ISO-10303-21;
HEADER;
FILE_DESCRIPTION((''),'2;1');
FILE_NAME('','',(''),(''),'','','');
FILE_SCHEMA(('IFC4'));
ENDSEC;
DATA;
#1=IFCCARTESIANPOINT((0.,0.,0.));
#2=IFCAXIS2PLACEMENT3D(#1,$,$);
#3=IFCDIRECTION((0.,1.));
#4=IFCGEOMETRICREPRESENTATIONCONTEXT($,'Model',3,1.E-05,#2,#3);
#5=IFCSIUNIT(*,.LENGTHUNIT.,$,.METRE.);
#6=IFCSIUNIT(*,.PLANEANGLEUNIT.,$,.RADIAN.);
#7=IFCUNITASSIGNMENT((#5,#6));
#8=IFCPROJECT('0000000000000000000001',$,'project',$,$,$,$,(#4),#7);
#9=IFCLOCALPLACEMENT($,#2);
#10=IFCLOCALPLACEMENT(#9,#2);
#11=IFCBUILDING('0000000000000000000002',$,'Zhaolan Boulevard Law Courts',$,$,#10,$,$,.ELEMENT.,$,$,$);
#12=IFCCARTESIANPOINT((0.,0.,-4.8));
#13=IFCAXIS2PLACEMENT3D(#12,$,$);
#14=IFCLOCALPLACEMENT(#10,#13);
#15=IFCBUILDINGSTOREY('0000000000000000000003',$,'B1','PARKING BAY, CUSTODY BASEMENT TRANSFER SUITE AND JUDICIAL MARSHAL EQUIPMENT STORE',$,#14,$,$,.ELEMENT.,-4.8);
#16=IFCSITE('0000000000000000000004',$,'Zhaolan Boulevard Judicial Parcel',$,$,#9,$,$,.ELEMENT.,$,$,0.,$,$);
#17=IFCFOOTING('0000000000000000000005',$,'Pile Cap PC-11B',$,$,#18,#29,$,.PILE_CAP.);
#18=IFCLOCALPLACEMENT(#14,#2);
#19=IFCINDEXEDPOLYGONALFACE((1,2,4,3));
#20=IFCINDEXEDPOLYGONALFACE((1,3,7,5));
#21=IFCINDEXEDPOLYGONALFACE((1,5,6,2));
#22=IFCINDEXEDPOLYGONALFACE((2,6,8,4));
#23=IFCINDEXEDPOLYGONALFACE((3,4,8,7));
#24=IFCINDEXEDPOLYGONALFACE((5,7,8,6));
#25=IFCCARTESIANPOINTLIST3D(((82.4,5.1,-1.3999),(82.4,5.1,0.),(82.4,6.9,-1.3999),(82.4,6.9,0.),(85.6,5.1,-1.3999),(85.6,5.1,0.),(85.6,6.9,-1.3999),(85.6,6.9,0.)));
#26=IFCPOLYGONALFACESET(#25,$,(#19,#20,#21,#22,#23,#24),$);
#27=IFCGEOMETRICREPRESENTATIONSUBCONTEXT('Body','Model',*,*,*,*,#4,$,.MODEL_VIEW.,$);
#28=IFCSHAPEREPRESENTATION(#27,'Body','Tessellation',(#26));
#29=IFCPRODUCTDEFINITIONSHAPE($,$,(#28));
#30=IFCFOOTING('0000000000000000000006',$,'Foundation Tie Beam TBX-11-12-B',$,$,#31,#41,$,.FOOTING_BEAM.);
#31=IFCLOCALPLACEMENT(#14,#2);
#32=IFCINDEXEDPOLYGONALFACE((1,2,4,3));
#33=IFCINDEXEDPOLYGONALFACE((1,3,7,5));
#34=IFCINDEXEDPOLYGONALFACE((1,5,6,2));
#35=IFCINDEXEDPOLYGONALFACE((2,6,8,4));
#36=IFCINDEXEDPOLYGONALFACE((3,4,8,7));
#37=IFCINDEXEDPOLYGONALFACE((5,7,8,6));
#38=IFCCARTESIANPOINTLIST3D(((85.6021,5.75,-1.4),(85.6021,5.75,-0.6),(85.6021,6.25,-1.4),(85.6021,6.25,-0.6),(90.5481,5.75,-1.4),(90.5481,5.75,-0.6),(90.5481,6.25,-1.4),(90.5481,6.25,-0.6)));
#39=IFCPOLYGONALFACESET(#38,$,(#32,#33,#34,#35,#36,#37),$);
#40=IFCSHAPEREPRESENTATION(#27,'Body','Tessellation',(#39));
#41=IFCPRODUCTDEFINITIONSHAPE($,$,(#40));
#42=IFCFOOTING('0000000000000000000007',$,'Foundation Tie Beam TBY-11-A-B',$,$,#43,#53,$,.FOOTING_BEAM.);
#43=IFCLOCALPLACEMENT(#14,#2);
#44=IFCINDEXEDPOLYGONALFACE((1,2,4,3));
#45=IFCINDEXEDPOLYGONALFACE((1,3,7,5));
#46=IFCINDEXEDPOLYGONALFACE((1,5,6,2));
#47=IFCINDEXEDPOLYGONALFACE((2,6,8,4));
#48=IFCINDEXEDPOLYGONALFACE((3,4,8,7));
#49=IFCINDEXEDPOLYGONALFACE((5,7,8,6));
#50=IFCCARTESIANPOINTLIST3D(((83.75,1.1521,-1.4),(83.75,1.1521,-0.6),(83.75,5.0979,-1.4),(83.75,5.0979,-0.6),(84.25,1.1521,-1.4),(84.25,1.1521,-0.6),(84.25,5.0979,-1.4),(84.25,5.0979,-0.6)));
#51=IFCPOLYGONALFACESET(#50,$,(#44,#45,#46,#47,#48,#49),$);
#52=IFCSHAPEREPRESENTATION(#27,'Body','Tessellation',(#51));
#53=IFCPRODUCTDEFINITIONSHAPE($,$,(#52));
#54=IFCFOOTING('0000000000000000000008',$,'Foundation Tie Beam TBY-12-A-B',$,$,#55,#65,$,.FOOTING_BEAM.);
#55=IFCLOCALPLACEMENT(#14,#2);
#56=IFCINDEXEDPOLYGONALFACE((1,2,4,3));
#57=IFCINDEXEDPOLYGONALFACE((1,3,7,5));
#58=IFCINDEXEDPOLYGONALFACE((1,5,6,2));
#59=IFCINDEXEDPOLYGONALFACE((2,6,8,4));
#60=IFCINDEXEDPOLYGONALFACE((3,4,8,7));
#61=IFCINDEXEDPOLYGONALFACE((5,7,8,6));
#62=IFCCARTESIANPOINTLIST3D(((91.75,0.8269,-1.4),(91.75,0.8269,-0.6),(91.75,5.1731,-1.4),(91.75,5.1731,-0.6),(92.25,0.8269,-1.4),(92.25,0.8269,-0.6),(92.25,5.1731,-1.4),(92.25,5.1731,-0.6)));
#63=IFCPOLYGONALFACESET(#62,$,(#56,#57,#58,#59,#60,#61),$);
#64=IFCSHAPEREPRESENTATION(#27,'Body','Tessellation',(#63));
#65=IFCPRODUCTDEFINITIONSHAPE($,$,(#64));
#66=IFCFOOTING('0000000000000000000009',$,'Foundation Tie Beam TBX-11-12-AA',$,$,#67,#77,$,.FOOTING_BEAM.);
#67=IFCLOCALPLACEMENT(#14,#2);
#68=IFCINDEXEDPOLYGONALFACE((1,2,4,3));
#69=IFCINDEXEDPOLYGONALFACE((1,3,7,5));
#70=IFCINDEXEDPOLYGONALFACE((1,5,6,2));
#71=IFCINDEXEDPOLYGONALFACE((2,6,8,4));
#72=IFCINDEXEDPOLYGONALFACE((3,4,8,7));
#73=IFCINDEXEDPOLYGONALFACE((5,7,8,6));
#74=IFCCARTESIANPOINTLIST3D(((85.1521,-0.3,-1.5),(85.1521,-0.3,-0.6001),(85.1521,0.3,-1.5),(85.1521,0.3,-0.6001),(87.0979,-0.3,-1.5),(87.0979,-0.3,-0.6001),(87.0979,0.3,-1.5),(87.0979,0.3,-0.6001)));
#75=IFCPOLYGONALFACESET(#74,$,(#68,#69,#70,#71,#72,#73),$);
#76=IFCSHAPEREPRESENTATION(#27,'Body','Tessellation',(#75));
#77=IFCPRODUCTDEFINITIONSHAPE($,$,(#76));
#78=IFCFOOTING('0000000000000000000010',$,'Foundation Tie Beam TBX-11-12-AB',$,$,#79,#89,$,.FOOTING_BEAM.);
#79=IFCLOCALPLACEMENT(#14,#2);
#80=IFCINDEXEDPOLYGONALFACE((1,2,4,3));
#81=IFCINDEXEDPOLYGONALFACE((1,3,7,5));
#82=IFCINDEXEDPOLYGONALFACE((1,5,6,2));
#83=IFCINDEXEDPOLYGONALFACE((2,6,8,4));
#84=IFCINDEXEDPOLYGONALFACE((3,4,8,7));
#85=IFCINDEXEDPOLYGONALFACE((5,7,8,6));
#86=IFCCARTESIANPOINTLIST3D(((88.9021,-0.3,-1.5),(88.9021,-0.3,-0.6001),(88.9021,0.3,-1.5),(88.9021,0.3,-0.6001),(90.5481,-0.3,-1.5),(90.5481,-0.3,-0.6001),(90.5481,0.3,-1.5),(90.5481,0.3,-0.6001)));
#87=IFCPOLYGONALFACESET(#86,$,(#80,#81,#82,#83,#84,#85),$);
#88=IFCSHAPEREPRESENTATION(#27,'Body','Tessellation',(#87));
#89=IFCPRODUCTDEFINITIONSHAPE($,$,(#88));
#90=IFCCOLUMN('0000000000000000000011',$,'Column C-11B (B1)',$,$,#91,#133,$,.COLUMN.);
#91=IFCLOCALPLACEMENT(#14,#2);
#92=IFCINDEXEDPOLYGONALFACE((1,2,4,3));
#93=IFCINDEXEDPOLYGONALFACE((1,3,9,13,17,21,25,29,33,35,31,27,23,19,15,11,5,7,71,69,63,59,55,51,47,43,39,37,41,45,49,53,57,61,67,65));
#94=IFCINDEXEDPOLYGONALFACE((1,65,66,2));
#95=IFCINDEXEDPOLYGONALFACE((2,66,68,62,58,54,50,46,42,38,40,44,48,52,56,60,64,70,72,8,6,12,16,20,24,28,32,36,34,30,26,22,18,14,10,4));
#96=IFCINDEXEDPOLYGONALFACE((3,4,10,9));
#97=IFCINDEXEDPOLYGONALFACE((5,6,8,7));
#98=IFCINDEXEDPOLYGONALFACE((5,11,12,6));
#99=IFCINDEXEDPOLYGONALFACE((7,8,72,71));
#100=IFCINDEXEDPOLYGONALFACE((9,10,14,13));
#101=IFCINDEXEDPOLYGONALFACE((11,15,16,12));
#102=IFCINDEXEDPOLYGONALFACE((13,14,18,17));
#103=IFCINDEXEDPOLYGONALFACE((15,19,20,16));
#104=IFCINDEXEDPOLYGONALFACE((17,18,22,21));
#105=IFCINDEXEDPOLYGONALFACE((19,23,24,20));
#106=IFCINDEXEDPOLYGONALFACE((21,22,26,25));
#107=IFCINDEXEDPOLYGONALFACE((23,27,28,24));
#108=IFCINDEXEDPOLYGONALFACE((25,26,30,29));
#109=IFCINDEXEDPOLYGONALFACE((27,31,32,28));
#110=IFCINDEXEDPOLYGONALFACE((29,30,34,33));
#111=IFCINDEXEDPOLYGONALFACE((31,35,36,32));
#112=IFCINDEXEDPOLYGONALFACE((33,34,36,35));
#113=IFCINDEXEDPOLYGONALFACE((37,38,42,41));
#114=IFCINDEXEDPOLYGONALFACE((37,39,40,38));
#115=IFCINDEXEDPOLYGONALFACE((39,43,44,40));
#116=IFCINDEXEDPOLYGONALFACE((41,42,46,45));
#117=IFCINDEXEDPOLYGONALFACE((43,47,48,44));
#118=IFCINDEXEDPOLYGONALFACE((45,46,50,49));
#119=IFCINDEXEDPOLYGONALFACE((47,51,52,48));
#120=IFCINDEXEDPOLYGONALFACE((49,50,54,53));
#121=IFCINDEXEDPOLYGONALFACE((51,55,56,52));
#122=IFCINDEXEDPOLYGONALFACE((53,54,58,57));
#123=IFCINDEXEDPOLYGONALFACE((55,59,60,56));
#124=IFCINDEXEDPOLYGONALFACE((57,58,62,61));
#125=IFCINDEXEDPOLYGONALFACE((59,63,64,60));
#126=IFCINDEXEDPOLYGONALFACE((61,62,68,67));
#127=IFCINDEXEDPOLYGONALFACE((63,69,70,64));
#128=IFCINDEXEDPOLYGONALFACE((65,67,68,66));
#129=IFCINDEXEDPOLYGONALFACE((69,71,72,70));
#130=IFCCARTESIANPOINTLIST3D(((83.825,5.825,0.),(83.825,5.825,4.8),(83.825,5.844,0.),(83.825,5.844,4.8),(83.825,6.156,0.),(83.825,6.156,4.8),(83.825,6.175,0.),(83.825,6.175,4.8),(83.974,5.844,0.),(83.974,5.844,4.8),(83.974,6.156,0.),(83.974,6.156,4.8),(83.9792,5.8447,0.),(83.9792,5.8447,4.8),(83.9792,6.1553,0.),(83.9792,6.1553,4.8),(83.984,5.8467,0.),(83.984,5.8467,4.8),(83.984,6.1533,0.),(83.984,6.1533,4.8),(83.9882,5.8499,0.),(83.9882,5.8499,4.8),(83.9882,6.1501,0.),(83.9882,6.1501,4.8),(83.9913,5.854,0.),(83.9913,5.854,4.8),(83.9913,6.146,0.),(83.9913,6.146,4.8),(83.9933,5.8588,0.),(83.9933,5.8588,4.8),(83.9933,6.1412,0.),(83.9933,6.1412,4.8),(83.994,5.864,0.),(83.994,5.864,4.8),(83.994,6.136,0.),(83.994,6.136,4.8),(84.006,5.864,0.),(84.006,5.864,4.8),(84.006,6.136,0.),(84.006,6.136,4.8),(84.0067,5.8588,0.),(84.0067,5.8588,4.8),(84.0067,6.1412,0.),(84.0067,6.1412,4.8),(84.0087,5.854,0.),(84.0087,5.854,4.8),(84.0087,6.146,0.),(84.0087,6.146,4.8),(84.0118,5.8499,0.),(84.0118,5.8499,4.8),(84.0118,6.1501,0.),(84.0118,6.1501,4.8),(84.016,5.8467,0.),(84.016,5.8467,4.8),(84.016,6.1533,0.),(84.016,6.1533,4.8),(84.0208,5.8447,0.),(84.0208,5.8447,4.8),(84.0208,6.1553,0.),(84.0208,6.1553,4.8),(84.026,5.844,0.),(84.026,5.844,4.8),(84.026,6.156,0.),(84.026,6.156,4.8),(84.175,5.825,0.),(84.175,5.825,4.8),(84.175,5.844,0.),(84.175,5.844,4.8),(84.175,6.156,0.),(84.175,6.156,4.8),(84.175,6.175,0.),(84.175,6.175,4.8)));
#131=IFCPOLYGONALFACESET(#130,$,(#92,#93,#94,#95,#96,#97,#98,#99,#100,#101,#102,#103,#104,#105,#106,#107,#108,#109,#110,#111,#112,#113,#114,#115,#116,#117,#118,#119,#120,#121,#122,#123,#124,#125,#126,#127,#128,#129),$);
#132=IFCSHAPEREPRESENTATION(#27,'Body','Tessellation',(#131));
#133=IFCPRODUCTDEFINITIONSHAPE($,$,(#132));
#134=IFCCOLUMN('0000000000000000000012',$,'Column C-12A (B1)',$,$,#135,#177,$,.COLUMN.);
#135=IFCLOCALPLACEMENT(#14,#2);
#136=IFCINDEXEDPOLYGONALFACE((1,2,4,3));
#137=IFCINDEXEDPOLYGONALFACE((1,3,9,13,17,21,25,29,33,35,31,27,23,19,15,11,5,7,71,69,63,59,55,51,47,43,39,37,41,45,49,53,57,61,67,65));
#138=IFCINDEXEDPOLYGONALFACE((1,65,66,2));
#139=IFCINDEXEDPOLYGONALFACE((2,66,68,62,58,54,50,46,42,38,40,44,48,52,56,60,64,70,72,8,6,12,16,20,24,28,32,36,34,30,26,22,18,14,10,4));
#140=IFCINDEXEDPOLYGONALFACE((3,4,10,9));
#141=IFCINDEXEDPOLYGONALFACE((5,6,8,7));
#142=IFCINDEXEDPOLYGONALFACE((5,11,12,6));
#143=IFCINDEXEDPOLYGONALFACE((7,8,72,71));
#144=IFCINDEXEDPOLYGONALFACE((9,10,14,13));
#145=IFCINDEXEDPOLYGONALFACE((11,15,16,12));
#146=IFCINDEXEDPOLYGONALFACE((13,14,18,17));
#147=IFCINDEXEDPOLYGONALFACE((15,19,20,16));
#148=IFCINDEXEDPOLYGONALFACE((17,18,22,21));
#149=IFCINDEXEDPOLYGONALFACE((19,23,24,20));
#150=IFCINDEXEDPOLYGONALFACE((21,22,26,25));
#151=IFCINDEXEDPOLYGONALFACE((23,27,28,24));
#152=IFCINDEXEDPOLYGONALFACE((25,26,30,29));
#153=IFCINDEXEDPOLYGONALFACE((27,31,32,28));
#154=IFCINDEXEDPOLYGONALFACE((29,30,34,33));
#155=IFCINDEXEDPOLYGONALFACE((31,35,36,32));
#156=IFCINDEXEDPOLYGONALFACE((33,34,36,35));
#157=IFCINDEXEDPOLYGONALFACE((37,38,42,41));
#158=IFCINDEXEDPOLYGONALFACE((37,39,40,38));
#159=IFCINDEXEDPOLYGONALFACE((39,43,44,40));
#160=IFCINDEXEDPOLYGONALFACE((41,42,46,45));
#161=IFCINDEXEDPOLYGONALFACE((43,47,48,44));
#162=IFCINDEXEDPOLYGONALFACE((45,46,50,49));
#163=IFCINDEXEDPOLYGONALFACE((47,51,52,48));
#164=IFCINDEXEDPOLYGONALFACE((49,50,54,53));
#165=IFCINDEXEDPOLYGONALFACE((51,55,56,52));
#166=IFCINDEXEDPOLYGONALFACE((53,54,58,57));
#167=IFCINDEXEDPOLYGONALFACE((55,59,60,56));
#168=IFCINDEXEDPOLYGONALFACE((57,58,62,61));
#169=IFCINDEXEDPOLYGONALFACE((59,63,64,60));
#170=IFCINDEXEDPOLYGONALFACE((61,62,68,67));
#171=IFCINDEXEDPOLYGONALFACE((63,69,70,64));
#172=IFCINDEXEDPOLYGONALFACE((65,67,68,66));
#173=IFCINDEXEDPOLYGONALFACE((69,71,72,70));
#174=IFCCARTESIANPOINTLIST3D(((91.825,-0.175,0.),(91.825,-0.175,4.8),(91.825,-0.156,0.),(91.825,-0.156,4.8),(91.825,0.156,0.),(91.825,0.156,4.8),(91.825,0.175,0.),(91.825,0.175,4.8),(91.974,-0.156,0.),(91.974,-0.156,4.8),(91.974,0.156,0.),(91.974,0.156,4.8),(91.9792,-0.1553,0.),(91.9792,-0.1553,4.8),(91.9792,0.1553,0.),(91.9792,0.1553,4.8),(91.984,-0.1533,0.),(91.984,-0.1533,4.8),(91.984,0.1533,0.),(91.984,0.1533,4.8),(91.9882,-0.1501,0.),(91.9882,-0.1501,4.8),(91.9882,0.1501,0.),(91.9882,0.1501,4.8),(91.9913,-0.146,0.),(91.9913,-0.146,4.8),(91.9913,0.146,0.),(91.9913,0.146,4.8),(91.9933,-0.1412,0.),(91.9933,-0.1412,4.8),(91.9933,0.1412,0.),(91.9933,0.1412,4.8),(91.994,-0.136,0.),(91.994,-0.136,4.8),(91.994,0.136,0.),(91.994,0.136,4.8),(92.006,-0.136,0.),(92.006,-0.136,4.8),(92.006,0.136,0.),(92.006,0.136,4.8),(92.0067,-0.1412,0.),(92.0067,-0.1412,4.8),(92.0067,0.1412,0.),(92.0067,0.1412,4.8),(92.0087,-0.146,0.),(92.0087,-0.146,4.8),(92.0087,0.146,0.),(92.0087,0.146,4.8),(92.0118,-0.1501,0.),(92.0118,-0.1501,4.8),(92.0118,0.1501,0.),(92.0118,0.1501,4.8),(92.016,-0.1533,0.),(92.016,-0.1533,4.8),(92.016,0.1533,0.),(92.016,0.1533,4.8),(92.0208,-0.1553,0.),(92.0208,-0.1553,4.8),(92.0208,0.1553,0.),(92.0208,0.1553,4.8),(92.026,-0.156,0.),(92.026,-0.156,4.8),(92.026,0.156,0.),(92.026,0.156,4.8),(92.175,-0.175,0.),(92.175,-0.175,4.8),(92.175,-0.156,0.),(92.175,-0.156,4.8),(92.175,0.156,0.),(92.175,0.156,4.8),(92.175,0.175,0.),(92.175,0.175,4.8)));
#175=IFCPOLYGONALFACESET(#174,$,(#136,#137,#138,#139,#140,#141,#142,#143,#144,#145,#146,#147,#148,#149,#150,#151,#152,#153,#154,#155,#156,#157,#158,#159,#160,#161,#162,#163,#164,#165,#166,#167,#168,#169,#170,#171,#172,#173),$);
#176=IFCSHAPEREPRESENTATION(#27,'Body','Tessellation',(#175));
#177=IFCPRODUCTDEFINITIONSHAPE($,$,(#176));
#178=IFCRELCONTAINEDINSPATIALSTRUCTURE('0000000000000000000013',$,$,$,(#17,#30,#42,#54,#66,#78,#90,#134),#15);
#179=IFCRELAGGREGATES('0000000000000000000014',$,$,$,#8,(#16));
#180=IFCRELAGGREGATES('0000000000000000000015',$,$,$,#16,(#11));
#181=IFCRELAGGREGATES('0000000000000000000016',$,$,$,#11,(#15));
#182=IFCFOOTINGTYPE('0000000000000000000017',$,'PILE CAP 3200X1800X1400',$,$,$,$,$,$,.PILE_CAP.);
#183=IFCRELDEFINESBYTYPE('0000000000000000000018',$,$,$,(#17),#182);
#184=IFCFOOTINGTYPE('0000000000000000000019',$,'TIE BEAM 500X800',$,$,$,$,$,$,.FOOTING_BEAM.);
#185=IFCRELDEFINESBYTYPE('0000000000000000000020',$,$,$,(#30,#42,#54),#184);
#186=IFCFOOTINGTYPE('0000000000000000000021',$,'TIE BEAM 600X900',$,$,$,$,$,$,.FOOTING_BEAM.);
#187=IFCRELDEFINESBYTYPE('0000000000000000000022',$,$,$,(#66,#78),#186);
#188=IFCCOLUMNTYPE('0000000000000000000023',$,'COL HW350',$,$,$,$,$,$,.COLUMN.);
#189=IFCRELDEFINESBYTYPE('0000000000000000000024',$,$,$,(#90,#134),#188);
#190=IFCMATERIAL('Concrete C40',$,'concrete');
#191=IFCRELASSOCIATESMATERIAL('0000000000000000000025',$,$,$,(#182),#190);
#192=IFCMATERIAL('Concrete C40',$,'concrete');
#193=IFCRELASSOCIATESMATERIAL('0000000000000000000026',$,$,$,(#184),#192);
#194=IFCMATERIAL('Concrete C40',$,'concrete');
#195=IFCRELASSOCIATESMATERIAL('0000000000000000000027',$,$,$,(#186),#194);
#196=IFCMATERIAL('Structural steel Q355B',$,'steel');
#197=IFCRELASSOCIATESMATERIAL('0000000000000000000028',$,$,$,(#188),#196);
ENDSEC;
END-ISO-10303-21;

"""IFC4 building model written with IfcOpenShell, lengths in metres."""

from ifc_helpers import new_model, si_unit, direction, frame, origin, origin_2d, place, context, subcontext, project, spatial, rectangle, i_section, extrude, material, material_profile, profile_set, type_object, element, save


model = new_model("IFC4")

# Units and contexts
model_context = context("Model", 3, precision=1e-05, world=origin(), true_north=direction((0.0, 1.0)))
body_context = subcontext(model_context, "Body", "Model", "MODEL_VIEW")
ifc_project = project(units=[si_unit("LENGTHUNIT", "METRE"), si_unit("PLANEANGLEUNIT", "RADIAN")], contexts=[model_context])

# Site, building, storey
site_placement = place(None, origin())
site = spatial("IfcSite", under=ifc_project, at=site_placement, Name="Zhaolan Boulevard Judicial Parcel", CompositionType="ELEMENT", RefElevation=0.0)
building_placement = place(site_placement, origin())
building = spatial("IfcBuilding", under=site, at=building_placement, Name="Zhaolan Boulevard Law Courts", CompositionType="ELEMENT")
storey_placement = place(building_placement, frame((0.0, 0.0, -4.8)))
storey = spatial("IfcBuildingStorey", under=building, at=storey_placement, Name="B1", Description="PARKING BAY, CUSTODY BASEMENT TRANSFER SUITE AND JUDICIAL MARSHAL EQUIPMENT STORE", CompositionType="ELEMENT", Elevation=-4.8)

# Footings
ifc_material_1 = material(Name="Concrete C40", Category="concrete")
footing_type_1 = type_object("IfcFootingType", Name="PILE CAP 3200X1800X1400", PredefinedType="PILE_CAP", material=ifc_material_1)
footing_1_placement = place(storey_placement, frame((84.0, 6.0, -1.3999), z_axis=(0.0, 0.0, 1.0), x_axis=(1.0, 0.0, 0.0)))
element("IfcFooting", 1, at=footing_1_placement, inside=storey, type_object=footing_type_1, Name="Pile Cap PC-11B", PredefinedType="PILE_CAP", context=body_context, shape_type="SweptSolid", body=[
    extrude(rectangle(XDim=3.2, YDim=1.8, at=origin_2d()), origin(), (0.0, 0.0, 1.0), 1.3999),
])
ifc_material_2 = material(Name="Concrete C40", Category="concrete")
ifc_material_profile_1 = material_profile(ifc_material_2, rectangle(XDim=0.5, YDim=0.8, at=origin_2d()), Name="RC500x800")
ifc_profile_set_1 = profile_set([ifc_material_profile_1], Name="Concrete C40")
footing_type_2 = type_object("IfcFootingType", Name="TIE BEAM 500X800", PredefinedType="FOOTING_BEAM", material=ifc_profile_set_1)
footing_2_placement = place(storey_placement, frame((85.6021, 6.0, -1.0), z_axis=(1.0, 0.0, 0.0), x_axis=(0.0, 1.0, 0.0)))
element("IfcFooting", 2, at=footing_2_placement, inside=storey, type_object=footing_type_2, Name="Foundation Tie Beam TBX-11-12-B", PredefinedType="FOOTING_BEAM", context=body_context, shape_type="SweptSolid", body=[
    extrude(rectangle(XDim=0.5, YDim=0.8, at=origin_2d()), origin(), (0.0, 0.0, 1.0), 4.946),
])
footing_3_placement = place(storey_placement, frame((84.0, 1.1521, -1.0), z_axis=(0.0, 1.0, 0.0), x_axis=(-1.0, 0.0, 0.0)))
element("IfcFooting", 3, at=footing_3_placement, inside=storey, type_object=footing_type_2, Name="Foundation Tie Beam TBY-11-A-B", PredefinedType="FOOTING_BEAM", context=body_context, shape_type="SweptSolid", body=[
    extrude(rectangle(XDim=0.5, YDim=0.8, at=origin_2d()), origin(), (0.0, 0.0, 1.0), 3.9458),
])
footing_4_placement = place(storey_placement, frame((92.0, 0.8269, -1.0), z_axis=(0.0, 1.0, 0.0), x_axis=(-1.0, 0.0, 0.0)))
element("IfcFooting", 4, at=footing_4_placement, inside=storey, type_object=footing_type_2, Name="Foundation Tie Beam TBY-12-A-B", PredefinedType="FOOTING_BEAM", context=body_context, shape_type="SweptSolid", body=[
    extrude(rectangle(XDim=0.5, YDim=0.8, at=origin_2d()), origin(), (0.0, 0.0, 1.0), 4.3462),
])
ifc_material_3 = material(Name="Concrete C40", Category="concrete")
ifc_material_profile_2 = material_profile(ifc_material_3, rectangle(XDim=0.6001, YDim=0.8999, at=origin_2d()), Name="RC600x900")
ifc_profile_set_2 = profile_set([ifc_material_profile_2], Name="Concrete C40")
footing_type_3 = type_object("IfcFootingType", Name="TIE BEAM 600X900", PredefinedType="FOOTING_BEAM", material=ifc_profile_set_2)
footing_5_placement = place(storey_placement, frame((85.1521, 0.0, -1.05), z_axis=(1.0, 0.0, 0.0), x_axis=(0.0, 1.0, 0.0)))
element("IfcFooting", 5, at=footing_5_placement, inside=storey, type_object=footing_type_3, Name="Foundation Tie Beam TBX-11-12-AA", PredefinedType="FOOTING_BEAM", context=body_context, shape_type="SweptSolid", body=[
    extrude(rectangle(XDim=0.6001, YDim=0.8999, at=origin_2d()), origin(), (0.0, 0.0, 1.0), 1.9458),
])
footing_6_placement = place(storey_placement, frame((88.9021, 0.0, -1.05), z_axis=(1.0, 0.0, 0.0), x_axis=(0.0, 1.0, 0.0)))
element("IfcFooting", 6, at=footing_6_placement, inside=storey, type_object=footing_type_3, Name="Foundation Tie Beam TBX-11-12-AB", PredefinedType="FOOTING_BEAM", context=body_context, shape_type="SweptSolid", body=[
    extrude(rectangle(XDim=0.6001, YDim=0.8999, at=origin_2d()), origin(), (0.0, 0.0, 1.0), 1.646),
])

# Columns
ifc_material_4 = material(Name="Structural steel Q355B", Category="steel")
ifc_material_profile_3 = material_profile(ifc_material_4, i_section(OverallWidth=0.3501, OverallDepth=0.3501, WebThickness=0.012, FlangeThickness=0.019, FilletRadius=0.02, at=origin_2d()), Name="HW350x350")
ifc_profile_set_3 = profile_set([ifc_material_profile_3], Name="Structural steel Q355B")
column_type_1 = type_object("IfcColumnType", Name="COL HW350", PredefinedType="COLUMN", material=ifc_profile_set_3)
for number, where, z_axis, x_axis, name in (
    (7, (84.0, 6.0, 0.0), (0.0, 0.0, 1.0), (1.0, 0.0, 0.0), "Column C-11B (B1)"),
    (8, (92.0, 0.0, 0.0), (0.0, 0.0, 1.0), (1.0, 0.0, 0.0), "Column C-12A (B1)"),
):
    element("IfcColumn", number, at=place(storey_placement, frame(where, z_axis=z_axis, x_axis=x_axis)), inside=storey, type_object=column_type_1, Name=name, PredefinedType="COLUMN", context=body_context, shape_type="SweptSolid", body=[
        extrude(i_section(OverallWidth=0.3501, OverallDepth=0.3501, WebThickness=0.012, FlangeThickness=0.019, FilletRadius=0.02, at=origin_2d()), origin(), (0.0, 0.0, 1.0), 4.8),
    ])

save(model, "model.ifc")
